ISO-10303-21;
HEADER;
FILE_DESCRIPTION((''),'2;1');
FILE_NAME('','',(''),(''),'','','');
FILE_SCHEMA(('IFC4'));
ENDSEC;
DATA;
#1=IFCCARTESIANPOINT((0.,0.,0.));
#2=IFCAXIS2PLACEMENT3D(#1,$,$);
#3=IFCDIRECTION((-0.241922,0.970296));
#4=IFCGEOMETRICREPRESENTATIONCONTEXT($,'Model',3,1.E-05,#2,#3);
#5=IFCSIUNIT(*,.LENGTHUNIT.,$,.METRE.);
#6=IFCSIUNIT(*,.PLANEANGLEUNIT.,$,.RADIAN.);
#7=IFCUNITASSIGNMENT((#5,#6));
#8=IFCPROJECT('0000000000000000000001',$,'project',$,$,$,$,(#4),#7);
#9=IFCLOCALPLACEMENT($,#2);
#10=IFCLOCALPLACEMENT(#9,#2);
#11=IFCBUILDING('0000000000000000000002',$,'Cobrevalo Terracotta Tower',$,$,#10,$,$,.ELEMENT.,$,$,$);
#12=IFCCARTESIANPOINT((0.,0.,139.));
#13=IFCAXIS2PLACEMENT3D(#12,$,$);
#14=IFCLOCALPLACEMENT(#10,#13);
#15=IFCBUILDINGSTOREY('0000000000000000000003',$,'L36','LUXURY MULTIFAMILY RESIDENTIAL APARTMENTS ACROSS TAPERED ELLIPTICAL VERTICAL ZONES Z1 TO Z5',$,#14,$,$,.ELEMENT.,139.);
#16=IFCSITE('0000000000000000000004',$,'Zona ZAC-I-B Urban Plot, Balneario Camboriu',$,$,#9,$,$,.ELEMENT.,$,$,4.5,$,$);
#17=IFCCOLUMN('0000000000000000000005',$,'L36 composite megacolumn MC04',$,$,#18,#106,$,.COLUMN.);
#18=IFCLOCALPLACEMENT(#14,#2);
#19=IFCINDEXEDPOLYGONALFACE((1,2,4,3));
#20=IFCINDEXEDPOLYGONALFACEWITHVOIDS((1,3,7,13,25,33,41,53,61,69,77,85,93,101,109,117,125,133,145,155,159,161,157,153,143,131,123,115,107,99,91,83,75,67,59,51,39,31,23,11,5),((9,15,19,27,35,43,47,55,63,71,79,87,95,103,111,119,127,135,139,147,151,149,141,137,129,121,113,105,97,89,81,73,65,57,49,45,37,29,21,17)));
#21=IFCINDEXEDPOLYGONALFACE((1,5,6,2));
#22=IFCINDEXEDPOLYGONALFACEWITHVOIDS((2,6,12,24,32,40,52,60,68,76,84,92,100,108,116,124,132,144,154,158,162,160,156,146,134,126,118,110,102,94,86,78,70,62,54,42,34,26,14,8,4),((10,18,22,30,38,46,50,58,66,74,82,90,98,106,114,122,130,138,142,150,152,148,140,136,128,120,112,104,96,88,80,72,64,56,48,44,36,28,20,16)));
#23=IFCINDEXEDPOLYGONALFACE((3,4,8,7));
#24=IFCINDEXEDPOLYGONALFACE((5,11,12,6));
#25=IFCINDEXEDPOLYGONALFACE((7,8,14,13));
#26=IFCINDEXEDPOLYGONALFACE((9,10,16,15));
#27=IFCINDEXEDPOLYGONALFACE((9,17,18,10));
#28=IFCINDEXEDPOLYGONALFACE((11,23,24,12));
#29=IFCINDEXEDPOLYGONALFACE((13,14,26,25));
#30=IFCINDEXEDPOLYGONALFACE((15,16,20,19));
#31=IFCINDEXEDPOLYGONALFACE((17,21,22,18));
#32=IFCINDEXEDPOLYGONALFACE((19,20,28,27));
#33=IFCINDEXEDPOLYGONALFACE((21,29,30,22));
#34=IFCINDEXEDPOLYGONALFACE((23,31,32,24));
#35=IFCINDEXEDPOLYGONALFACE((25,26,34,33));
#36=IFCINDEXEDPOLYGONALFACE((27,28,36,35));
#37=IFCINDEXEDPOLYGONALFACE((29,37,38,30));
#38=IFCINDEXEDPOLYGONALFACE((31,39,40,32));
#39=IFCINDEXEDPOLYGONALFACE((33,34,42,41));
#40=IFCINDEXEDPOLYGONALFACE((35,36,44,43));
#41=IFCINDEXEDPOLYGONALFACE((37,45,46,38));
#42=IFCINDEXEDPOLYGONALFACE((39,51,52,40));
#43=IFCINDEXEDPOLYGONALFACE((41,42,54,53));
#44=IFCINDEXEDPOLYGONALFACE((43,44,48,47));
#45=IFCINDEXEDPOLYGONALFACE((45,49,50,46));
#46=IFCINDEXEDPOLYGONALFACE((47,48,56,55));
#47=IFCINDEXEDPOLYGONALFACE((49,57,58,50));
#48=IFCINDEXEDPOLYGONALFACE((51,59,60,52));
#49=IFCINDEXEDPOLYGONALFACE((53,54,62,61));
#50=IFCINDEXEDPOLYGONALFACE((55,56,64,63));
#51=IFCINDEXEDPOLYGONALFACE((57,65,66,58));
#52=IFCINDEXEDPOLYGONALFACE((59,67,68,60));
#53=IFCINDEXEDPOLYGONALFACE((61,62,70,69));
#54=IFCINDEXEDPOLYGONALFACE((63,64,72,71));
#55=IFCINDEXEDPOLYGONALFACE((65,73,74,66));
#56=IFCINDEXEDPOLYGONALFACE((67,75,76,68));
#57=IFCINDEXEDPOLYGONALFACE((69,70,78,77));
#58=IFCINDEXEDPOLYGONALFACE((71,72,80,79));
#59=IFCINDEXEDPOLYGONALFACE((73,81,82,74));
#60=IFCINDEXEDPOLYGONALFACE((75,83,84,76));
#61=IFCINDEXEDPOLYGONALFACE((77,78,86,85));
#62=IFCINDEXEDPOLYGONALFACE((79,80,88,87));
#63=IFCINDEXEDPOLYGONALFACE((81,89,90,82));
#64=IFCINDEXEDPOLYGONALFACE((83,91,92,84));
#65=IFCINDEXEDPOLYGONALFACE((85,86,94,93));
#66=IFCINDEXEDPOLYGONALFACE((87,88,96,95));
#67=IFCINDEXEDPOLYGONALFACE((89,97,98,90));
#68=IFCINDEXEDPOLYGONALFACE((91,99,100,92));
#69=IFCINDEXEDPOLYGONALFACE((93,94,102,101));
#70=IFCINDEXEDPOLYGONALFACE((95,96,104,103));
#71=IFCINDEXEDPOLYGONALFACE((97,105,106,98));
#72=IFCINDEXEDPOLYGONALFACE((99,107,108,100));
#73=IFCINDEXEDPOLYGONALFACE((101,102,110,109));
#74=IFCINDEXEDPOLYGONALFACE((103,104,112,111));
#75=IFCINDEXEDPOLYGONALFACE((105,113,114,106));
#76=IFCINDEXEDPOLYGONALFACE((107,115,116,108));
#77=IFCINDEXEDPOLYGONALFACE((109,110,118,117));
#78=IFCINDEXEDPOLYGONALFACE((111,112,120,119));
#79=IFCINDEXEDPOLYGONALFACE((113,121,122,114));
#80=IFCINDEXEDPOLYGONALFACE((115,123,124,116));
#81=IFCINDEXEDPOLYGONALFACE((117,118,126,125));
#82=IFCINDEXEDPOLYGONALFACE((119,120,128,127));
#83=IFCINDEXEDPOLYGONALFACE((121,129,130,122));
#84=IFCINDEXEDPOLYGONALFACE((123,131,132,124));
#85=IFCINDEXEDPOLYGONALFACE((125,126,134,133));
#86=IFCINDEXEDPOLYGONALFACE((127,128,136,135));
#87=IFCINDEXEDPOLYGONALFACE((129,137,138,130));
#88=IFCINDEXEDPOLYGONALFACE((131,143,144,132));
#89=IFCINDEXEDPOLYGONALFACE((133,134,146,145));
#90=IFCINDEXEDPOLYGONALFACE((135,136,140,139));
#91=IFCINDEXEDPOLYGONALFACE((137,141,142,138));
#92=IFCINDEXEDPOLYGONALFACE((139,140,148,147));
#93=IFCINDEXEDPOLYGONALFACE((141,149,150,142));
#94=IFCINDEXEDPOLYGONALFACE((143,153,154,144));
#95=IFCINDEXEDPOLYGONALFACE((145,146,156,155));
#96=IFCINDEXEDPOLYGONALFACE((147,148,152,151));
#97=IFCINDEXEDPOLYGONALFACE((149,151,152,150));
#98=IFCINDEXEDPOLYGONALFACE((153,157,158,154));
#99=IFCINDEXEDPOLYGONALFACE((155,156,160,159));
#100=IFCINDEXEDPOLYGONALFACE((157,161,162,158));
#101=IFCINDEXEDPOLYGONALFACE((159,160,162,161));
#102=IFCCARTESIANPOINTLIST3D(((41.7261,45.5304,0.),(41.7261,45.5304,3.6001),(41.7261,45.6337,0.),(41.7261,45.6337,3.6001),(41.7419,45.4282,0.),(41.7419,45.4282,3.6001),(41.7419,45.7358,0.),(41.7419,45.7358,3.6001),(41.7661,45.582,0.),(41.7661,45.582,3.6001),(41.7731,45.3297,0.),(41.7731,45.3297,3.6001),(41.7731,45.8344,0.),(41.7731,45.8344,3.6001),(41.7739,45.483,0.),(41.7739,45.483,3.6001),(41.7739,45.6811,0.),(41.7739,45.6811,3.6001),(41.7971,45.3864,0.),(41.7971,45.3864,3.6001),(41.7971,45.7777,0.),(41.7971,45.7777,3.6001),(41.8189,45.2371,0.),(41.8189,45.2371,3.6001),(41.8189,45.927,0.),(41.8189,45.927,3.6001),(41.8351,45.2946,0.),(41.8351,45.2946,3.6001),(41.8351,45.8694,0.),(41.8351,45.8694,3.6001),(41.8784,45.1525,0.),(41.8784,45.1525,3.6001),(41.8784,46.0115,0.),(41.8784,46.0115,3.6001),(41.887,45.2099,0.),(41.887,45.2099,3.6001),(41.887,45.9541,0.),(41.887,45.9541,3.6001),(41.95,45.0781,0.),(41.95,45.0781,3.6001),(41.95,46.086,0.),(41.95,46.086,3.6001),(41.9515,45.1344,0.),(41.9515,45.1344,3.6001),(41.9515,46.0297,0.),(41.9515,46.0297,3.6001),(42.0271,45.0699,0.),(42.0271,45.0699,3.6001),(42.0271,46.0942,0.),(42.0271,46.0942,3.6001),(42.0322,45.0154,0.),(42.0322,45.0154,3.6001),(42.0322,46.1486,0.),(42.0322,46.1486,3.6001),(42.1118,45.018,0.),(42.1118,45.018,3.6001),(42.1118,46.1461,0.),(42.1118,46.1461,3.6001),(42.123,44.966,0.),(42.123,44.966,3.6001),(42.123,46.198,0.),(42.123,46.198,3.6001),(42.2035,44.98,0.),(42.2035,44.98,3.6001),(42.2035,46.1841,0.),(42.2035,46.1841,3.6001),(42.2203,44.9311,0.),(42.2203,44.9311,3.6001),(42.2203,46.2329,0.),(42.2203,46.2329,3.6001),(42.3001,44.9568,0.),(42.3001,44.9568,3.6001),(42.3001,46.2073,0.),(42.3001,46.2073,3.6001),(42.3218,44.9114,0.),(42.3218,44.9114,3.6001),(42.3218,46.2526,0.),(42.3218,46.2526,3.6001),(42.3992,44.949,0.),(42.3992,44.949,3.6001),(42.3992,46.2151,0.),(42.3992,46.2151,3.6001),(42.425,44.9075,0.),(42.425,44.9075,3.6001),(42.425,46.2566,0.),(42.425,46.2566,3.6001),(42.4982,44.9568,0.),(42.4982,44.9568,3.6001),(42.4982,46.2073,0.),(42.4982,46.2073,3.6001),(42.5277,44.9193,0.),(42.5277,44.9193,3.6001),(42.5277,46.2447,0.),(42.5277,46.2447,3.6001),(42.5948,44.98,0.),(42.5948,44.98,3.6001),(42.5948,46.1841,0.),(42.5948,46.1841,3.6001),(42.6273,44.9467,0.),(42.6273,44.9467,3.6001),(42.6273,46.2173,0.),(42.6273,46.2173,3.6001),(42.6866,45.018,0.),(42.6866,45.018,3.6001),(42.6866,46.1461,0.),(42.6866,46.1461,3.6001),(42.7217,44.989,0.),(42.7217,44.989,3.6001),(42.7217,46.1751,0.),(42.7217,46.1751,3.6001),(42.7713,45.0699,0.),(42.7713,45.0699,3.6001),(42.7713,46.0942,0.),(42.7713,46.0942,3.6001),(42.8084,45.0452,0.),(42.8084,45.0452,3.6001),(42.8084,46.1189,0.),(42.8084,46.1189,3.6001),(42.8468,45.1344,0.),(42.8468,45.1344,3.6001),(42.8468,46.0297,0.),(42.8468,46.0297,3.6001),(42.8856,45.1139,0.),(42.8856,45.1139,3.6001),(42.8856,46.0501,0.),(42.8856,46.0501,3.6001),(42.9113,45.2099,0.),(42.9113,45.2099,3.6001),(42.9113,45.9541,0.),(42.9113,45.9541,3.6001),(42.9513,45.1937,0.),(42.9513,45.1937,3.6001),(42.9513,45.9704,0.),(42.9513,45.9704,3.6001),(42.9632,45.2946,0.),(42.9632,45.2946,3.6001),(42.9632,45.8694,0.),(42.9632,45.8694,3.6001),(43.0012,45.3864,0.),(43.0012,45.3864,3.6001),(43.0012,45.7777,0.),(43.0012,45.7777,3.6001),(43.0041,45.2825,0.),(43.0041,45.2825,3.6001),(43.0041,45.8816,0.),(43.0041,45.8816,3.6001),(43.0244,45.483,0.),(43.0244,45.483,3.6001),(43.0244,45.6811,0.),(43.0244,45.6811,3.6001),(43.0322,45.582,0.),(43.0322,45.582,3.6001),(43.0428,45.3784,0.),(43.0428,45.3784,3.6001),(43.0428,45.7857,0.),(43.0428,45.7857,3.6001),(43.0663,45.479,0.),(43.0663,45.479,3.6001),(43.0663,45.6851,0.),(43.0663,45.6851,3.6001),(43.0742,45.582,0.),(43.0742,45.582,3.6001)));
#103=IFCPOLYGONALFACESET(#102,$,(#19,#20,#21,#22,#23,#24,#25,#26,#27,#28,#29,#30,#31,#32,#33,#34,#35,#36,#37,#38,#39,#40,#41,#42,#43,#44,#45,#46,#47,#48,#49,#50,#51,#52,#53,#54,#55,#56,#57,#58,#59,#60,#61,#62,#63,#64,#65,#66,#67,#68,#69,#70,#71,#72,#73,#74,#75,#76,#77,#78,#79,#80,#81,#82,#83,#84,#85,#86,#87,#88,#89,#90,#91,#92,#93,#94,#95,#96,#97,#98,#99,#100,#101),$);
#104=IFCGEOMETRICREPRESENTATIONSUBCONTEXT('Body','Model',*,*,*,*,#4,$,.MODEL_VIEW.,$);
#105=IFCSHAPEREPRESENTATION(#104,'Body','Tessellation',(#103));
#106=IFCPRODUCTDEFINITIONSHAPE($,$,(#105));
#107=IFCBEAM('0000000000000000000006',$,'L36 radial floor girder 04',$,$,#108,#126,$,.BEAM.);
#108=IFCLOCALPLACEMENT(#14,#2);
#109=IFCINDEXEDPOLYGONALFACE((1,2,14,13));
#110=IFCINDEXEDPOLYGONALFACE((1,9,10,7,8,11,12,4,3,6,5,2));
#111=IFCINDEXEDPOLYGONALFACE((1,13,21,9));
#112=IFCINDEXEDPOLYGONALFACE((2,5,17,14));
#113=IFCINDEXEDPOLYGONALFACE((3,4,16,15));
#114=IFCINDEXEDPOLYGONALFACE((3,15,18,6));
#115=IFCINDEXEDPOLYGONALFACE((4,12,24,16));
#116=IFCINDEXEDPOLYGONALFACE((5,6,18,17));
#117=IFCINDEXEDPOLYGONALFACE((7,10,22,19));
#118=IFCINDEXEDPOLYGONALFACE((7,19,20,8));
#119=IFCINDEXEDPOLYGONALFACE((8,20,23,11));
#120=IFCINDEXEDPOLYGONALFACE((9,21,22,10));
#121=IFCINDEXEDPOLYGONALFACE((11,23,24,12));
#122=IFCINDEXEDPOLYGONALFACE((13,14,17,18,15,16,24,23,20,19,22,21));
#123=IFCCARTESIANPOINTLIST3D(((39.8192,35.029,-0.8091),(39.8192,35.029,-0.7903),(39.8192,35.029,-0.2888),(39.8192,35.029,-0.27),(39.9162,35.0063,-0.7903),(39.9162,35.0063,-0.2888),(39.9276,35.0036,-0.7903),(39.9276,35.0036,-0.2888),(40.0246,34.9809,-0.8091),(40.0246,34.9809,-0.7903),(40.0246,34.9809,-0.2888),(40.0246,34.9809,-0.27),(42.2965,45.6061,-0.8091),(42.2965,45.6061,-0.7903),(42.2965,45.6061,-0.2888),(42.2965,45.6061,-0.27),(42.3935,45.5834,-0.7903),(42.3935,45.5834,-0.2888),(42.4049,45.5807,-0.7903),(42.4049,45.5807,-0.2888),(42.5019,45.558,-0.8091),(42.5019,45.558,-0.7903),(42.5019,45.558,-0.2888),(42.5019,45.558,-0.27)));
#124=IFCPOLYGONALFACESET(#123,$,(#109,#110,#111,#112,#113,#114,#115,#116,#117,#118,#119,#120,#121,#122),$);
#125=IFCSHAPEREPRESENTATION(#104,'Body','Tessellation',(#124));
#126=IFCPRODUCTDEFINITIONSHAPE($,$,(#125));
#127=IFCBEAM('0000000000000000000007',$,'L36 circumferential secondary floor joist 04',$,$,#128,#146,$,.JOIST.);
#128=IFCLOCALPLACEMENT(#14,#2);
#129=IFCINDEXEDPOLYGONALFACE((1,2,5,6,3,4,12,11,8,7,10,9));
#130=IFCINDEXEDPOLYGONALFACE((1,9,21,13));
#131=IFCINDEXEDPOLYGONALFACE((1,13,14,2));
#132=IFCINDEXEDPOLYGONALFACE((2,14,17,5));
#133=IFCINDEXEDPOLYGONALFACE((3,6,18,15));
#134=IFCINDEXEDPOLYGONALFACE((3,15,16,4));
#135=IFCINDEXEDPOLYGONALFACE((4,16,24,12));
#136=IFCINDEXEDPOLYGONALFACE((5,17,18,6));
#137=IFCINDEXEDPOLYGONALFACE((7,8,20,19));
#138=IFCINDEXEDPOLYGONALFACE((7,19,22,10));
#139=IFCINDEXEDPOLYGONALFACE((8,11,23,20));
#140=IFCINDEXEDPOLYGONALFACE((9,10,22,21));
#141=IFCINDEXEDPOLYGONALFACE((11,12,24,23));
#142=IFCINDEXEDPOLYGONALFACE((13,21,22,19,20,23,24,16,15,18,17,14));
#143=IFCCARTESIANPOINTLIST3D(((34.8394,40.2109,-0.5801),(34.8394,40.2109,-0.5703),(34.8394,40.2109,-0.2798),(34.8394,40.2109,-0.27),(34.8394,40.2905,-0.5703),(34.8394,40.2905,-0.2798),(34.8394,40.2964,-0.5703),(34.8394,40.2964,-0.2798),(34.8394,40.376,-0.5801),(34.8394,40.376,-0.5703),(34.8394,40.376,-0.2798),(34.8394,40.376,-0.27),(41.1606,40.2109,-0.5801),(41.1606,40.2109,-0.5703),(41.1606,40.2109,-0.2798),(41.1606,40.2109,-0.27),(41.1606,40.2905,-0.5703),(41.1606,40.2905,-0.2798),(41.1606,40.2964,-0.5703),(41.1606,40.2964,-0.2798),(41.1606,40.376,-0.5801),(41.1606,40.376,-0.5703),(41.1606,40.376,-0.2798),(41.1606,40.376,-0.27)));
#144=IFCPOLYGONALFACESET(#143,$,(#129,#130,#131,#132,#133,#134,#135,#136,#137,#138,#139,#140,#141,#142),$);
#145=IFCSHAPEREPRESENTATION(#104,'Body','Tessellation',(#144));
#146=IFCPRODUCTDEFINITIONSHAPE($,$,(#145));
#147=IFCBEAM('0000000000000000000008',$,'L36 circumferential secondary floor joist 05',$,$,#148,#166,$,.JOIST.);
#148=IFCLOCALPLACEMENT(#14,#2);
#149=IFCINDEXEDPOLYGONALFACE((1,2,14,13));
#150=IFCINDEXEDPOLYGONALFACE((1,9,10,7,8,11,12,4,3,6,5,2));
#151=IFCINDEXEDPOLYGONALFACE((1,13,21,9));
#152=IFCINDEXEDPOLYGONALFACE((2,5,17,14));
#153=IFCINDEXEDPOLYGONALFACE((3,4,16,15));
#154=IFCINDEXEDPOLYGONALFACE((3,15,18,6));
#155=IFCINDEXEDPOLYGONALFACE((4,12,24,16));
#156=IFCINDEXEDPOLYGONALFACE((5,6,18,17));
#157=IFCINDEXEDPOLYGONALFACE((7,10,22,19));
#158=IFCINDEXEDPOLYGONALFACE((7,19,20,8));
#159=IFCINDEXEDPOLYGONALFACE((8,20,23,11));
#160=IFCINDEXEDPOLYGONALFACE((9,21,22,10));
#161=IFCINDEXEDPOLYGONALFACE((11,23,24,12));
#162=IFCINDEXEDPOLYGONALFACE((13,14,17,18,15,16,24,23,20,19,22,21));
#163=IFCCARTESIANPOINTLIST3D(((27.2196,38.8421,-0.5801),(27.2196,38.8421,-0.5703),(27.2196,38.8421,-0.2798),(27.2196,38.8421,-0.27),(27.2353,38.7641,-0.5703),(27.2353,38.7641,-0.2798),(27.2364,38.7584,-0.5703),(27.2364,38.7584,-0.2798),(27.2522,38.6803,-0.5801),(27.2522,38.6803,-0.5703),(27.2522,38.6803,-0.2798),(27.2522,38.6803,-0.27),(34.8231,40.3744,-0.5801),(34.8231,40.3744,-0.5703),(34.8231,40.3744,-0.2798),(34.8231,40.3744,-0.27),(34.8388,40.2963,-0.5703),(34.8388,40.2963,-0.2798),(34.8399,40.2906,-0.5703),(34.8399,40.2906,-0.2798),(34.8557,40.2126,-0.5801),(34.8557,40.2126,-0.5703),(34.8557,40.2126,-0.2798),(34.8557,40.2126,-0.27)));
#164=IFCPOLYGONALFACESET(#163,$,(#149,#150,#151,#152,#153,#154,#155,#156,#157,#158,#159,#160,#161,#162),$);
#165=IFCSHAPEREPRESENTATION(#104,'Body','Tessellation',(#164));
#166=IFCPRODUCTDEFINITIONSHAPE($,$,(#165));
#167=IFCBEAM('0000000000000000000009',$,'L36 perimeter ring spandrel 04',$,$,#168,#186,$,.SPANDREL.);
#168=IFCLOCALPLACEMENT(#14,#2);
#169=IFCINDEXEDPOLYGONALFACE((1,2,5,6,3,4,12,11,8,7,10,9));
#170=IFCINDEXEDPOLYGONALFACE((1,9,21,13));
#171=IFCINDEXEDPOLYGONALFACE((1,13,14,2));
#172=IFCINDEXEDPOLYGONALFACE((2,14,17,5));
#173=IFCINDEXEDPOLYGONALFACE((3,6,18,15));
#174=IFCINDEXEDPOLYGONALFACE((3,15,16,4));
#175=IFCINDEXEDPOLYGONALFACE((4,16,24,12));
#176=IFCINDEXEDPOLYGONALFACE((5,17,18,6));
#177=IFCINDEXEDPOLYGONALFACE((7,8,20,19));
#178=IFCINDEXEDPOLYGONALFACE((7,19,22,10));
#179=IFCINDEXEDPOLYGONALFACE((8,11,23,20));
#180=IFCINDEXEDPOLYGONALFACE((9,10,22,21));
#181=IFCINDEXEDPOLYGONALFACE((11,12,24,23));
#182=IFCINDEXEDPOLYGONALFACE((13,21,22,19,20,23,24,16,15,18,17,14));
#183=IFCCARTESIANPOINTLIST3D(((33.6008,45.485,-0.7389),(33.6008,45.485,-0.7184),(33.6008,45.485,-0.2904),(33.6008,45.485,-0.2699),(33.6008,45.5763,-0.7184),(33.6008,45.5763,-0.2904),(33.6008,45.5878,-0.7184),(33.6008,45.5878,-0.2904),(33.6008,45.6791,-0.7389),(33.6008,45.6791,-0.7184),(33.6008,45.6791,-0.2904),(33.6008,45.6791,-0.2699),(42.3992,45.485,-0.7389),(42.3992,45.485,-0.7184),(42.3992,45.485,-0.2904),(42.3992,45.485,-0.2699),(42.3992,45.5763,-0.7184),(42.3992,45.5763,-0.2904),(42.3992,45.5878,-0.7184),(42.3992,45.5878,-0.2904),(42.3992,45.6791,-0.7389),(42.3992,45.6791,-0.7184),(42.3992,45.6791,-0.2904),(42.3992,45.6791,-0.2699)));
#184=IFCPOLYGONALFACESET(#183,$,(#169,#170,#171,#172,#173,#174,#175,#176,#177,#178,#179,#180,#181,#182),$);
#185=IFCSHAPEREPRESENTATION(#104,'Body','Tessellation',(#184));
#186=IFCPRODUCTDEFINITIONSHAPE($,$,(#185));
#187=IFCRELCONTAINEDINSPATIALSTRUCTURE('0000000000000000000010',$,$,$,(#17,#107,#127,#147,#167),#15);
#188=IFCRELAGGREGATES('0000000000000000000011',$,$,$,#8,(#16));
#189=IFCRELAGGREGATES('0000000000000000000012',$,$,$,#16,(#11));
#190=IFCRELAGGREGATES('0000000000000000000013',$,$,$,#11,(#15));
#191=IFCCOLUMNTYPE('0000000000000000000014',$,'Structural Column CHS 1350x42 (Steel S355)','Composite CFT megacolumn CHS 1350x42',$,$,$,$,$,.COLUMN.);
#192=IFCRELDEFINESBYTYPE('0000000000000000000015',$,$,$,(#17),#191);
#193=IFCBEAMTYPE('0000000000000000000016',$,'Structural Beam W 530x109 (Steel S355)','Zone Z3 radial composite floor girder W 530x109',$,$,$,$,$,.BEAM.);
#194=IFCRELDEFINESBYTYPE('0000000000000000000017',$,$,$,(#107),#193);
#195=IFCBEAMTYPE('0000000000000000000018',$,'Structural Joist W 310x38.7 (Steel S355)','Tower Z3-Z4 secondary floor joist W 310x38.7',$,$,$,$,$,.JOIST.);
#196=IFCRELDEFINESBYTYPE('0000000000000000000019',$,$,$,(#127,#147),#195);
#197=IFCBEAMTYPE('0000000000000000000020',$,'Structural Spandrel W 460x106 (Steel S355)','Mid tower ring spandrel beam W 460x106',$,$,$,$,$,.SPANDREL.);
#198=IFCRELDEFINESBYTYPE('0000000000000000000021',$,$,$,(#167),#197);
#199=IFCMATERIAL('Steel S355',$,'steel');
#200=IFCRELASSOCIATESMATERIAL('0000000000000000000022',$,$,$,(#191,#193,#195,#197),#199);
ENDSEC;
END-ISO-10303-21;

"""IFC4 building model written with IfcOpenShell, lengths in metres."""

from ifc_helpers import new_model, si_unit, direction, frame, origin, origin_2d, place, context, subcontext, project, spatial, hollow_circle, i_section, extrude, material, material_profile, profile_set, type_object, element, save


model = new_model("IFC4")

# Units and contexts
model_context = context("Model", 3, precision=1e-05, world=origin(), true_north=direction((-0.241922, 0.970296)))
body_context = subcontext(model_context, "Body", "Model", "MODEL_VIEW")
ifc_project = project(units=[si_unit("LENGTHUNIT", "METRE"), si_unit("PLANEANGLEUNIT", "RADIAN")], contexts=[model_context])

# Site, building, storey
site_placement = place(None, origin())
site = spatial("IfcSite", under=ifc_project, at=site_placement, Name="Zona ZAC-I-B Urban Plot, Balneario Camboriu", CompositionType="ELEMENT", RefElevation=4.5)
building_placement = place(site_placement, origin())
building = spatial("IfcBuilding", under=site, at=building_placement, Name="Cobrevalo Terracotta Tower", CompositionType="ELEMENT")
storey_placement = place(building_placement, frame((0.0, 0.0, 139.0)))
storey = spatial("IfcBuildingStorey", under=building, at=storey_placement, Name="L36", Description="LUXURY MULTIFAMILY RESIDENTIAL APARTMENTS ACROSS TAPERED ELLIPTICAL VERTICAL ZONES Z1 TO Z5", CompositionType="ELEMENT", Elevation=139.0)

# Column
ifc_material_1 = material(Name="Steel S355", Category="steel")
ifc_material_profile_1 = material_profile(ifc_material_1, hollow_circle(Radius=0.675, WallThickness=0.042, at=origin_2d()), Name="CHS 1350x42")
ifc_profile_set_1 = profile_set([ifc_material_profile_1], Name="Steel S355")
column_type = type_object("IfcColumnType", Name="Structural Column CHS 1350x42 (Steel S355)", Description="Composite CFT megacolumn CHS 1350x42", PredefinedType="COLUMN", material=ifc_profile_set_1)
column_placement = place(storey_placement, frame((42.3992, 45.582, 0.0), z_axis=(0.0, 0.0, 1.0), x_axis=(1.0, 0.0, 0.0)))
element("IfcColumn", 1, at=column_placement, inside=storey, type_object=column_type, Name="L36 composite megacolumn MC04", PredefinedType="COLUMN", context=body_context, shape_type="SweptSolid", body=[
    extrude(hollow_circle(Radius=0.675, WallThickness=0.042, at=origin_2d()), origin(), (0.0, 0.0, 1.0), 3.6001),
])

# Beams
ifc_material_profile_2 = material_profile(ifc_material_1, i_section(OverallWidth=0.2109, OverallDepth=0.5391, WebThickness=0.0117, FlangeThickness=0.0188, at=origin_2d()), Name="W 530x109")
ifc_profile_set_2 = profile_set([ifc_material_profile_2], Name="Steel S355")
beam_type_1 = type_object("IfcBeamType", Name="Structural Beam W 530x109 (Steel S355)", Description="Zone Z3 radial composite floor girder W 530x109", PredefinedType="BEAM", material=ifc_profile_set_2)
beam_1_placement = place(storey_placement, frame((42.3992, 45.582, -0.5396), z_axis=(-0.228041, -0.973652, 0.0), x_axis=(0.973652, -0.228041, 0.0)))
element("IfcBeam", 2, at=beam_1_placement, inside=storey, type_object=beam_type_1, Name="L36 radial floor girder 04", PredefinedType="BEAM", context=body_context, shape_type="SweptSolid", body=[
    extrude(i_section(OverallWidth=0.2109, OverallDepth=0.5391, WebThickness=0.0117, FlangeThickness=0.0188, at=origin_2d()), origin(), (0.0, 0.0, 1.0), 10.8633),
])
ifc_material_profile_3 = material_profile(ifc_material_1, i_section(OverallWidth=0.165, OverallDepth=0.3101, WebThickness=0.0059, FlangeThickness=0.0098, at=origin_2d()), Name="W 310x38.7")
ifc_profile_set_3 = profile_set([ifc_material_profile_3], Name="Steel S355")
beam_type_2 = type_object("IfcBeamType", Name="Structural Joist W 310x38.7 (Steel S355)", Description="Tower Z3-Z4 secondary floor joist W 310x38.7", PredefinedType="JOIST", material=ifc_profile_set_3)
beam_2_placement = place(storey_placement, frame((41.1606, 40.2935, -0.425), z_axis=(-1.0, 0.0, 0.0), x_axis=(0.0, -1.0, 0.0)))
element("IfcBeam", 3, at=beam_2_placement, inside=storey, type_object=beam_type_2, Name="L36 circumferential secondary floor joist 04", PredefinedType="JOIST", context=body_context, shape_type="SweptSolid", body=[
    extrude(i_section(OverallWidth=0.165, OverallDepth=0.3101, WebThickness=0.0059, FlangeThickness=0.0098, at=origin_2d()), origin(), (0.0, 0.0, 1.0), 6.3213),
])
beam_3_placement = place(storey_placement, frame((34.8394, 40.2935, -0.425), z_axis=(-0.980294, -0.197544, 0.0), x_axis=(0.197544, -0.980294, 0.0)))
element("IfcBeam", 4, at=beam_3_placement, inside=storey, type_object=beam_type_2, Name="L36 circumferential secondary floor joist 05", PredefinedType="JOIST", context=body_context, shape_type="SweptSolid", body=[
    extrude(i_section(OverallWidth=0.165, OverallDepth=0.3101, WebThickness=0.0059, FlangeThickness=0.0098, at=origin_2d()), origin(), (0.0, 0.0, 1.0), 7.7563),
])
ifc_material_profile_4 = material_profile(ifc_material_1, i_section(OverallWidth=0.1941, OverallDepth=0.469, WebThickness=0.0115, FlangeThickness=0.0205, at=origin_2d()), Name="W 460x106")
ifc_profile_set_4 = profile_set([ifc_material_profile_4], Name="Steel S355")
beam_type_3 = type_object("IfcBeamType", Name="Structural Spandrel W 460x106 (Steel S355)", Description="Mid tower ring spandrel beam W 460x106", PredefinedType="SPANDREL", material=ifc_profile_set_4)
beam_4_placement = place(storey_placement, frame((42.3992, 45.582, -0.5044), z_axis=(-1.0, 0.0, 0.0), x_axis=(0.0, -1.0, 0.0)))
element("IfcBeam", 5, at=beam_4_placement, inside=storey, type_object=beam_type_3, Name="L36 perimeter ring spandrel 04", PredefinedType="SPANDREL", context=body_context, shape_type="SweptSolid", body=[
    extrude(i_section(OverallWidth=0.1941, OverallDepth=0.469, WebThickness=0.0115, FlangeThickness=0.0205, at=origin_2d()), origin(), (0.0, 0.0, 1.0), 8.7983),
])

save(model, "model.ifc")
